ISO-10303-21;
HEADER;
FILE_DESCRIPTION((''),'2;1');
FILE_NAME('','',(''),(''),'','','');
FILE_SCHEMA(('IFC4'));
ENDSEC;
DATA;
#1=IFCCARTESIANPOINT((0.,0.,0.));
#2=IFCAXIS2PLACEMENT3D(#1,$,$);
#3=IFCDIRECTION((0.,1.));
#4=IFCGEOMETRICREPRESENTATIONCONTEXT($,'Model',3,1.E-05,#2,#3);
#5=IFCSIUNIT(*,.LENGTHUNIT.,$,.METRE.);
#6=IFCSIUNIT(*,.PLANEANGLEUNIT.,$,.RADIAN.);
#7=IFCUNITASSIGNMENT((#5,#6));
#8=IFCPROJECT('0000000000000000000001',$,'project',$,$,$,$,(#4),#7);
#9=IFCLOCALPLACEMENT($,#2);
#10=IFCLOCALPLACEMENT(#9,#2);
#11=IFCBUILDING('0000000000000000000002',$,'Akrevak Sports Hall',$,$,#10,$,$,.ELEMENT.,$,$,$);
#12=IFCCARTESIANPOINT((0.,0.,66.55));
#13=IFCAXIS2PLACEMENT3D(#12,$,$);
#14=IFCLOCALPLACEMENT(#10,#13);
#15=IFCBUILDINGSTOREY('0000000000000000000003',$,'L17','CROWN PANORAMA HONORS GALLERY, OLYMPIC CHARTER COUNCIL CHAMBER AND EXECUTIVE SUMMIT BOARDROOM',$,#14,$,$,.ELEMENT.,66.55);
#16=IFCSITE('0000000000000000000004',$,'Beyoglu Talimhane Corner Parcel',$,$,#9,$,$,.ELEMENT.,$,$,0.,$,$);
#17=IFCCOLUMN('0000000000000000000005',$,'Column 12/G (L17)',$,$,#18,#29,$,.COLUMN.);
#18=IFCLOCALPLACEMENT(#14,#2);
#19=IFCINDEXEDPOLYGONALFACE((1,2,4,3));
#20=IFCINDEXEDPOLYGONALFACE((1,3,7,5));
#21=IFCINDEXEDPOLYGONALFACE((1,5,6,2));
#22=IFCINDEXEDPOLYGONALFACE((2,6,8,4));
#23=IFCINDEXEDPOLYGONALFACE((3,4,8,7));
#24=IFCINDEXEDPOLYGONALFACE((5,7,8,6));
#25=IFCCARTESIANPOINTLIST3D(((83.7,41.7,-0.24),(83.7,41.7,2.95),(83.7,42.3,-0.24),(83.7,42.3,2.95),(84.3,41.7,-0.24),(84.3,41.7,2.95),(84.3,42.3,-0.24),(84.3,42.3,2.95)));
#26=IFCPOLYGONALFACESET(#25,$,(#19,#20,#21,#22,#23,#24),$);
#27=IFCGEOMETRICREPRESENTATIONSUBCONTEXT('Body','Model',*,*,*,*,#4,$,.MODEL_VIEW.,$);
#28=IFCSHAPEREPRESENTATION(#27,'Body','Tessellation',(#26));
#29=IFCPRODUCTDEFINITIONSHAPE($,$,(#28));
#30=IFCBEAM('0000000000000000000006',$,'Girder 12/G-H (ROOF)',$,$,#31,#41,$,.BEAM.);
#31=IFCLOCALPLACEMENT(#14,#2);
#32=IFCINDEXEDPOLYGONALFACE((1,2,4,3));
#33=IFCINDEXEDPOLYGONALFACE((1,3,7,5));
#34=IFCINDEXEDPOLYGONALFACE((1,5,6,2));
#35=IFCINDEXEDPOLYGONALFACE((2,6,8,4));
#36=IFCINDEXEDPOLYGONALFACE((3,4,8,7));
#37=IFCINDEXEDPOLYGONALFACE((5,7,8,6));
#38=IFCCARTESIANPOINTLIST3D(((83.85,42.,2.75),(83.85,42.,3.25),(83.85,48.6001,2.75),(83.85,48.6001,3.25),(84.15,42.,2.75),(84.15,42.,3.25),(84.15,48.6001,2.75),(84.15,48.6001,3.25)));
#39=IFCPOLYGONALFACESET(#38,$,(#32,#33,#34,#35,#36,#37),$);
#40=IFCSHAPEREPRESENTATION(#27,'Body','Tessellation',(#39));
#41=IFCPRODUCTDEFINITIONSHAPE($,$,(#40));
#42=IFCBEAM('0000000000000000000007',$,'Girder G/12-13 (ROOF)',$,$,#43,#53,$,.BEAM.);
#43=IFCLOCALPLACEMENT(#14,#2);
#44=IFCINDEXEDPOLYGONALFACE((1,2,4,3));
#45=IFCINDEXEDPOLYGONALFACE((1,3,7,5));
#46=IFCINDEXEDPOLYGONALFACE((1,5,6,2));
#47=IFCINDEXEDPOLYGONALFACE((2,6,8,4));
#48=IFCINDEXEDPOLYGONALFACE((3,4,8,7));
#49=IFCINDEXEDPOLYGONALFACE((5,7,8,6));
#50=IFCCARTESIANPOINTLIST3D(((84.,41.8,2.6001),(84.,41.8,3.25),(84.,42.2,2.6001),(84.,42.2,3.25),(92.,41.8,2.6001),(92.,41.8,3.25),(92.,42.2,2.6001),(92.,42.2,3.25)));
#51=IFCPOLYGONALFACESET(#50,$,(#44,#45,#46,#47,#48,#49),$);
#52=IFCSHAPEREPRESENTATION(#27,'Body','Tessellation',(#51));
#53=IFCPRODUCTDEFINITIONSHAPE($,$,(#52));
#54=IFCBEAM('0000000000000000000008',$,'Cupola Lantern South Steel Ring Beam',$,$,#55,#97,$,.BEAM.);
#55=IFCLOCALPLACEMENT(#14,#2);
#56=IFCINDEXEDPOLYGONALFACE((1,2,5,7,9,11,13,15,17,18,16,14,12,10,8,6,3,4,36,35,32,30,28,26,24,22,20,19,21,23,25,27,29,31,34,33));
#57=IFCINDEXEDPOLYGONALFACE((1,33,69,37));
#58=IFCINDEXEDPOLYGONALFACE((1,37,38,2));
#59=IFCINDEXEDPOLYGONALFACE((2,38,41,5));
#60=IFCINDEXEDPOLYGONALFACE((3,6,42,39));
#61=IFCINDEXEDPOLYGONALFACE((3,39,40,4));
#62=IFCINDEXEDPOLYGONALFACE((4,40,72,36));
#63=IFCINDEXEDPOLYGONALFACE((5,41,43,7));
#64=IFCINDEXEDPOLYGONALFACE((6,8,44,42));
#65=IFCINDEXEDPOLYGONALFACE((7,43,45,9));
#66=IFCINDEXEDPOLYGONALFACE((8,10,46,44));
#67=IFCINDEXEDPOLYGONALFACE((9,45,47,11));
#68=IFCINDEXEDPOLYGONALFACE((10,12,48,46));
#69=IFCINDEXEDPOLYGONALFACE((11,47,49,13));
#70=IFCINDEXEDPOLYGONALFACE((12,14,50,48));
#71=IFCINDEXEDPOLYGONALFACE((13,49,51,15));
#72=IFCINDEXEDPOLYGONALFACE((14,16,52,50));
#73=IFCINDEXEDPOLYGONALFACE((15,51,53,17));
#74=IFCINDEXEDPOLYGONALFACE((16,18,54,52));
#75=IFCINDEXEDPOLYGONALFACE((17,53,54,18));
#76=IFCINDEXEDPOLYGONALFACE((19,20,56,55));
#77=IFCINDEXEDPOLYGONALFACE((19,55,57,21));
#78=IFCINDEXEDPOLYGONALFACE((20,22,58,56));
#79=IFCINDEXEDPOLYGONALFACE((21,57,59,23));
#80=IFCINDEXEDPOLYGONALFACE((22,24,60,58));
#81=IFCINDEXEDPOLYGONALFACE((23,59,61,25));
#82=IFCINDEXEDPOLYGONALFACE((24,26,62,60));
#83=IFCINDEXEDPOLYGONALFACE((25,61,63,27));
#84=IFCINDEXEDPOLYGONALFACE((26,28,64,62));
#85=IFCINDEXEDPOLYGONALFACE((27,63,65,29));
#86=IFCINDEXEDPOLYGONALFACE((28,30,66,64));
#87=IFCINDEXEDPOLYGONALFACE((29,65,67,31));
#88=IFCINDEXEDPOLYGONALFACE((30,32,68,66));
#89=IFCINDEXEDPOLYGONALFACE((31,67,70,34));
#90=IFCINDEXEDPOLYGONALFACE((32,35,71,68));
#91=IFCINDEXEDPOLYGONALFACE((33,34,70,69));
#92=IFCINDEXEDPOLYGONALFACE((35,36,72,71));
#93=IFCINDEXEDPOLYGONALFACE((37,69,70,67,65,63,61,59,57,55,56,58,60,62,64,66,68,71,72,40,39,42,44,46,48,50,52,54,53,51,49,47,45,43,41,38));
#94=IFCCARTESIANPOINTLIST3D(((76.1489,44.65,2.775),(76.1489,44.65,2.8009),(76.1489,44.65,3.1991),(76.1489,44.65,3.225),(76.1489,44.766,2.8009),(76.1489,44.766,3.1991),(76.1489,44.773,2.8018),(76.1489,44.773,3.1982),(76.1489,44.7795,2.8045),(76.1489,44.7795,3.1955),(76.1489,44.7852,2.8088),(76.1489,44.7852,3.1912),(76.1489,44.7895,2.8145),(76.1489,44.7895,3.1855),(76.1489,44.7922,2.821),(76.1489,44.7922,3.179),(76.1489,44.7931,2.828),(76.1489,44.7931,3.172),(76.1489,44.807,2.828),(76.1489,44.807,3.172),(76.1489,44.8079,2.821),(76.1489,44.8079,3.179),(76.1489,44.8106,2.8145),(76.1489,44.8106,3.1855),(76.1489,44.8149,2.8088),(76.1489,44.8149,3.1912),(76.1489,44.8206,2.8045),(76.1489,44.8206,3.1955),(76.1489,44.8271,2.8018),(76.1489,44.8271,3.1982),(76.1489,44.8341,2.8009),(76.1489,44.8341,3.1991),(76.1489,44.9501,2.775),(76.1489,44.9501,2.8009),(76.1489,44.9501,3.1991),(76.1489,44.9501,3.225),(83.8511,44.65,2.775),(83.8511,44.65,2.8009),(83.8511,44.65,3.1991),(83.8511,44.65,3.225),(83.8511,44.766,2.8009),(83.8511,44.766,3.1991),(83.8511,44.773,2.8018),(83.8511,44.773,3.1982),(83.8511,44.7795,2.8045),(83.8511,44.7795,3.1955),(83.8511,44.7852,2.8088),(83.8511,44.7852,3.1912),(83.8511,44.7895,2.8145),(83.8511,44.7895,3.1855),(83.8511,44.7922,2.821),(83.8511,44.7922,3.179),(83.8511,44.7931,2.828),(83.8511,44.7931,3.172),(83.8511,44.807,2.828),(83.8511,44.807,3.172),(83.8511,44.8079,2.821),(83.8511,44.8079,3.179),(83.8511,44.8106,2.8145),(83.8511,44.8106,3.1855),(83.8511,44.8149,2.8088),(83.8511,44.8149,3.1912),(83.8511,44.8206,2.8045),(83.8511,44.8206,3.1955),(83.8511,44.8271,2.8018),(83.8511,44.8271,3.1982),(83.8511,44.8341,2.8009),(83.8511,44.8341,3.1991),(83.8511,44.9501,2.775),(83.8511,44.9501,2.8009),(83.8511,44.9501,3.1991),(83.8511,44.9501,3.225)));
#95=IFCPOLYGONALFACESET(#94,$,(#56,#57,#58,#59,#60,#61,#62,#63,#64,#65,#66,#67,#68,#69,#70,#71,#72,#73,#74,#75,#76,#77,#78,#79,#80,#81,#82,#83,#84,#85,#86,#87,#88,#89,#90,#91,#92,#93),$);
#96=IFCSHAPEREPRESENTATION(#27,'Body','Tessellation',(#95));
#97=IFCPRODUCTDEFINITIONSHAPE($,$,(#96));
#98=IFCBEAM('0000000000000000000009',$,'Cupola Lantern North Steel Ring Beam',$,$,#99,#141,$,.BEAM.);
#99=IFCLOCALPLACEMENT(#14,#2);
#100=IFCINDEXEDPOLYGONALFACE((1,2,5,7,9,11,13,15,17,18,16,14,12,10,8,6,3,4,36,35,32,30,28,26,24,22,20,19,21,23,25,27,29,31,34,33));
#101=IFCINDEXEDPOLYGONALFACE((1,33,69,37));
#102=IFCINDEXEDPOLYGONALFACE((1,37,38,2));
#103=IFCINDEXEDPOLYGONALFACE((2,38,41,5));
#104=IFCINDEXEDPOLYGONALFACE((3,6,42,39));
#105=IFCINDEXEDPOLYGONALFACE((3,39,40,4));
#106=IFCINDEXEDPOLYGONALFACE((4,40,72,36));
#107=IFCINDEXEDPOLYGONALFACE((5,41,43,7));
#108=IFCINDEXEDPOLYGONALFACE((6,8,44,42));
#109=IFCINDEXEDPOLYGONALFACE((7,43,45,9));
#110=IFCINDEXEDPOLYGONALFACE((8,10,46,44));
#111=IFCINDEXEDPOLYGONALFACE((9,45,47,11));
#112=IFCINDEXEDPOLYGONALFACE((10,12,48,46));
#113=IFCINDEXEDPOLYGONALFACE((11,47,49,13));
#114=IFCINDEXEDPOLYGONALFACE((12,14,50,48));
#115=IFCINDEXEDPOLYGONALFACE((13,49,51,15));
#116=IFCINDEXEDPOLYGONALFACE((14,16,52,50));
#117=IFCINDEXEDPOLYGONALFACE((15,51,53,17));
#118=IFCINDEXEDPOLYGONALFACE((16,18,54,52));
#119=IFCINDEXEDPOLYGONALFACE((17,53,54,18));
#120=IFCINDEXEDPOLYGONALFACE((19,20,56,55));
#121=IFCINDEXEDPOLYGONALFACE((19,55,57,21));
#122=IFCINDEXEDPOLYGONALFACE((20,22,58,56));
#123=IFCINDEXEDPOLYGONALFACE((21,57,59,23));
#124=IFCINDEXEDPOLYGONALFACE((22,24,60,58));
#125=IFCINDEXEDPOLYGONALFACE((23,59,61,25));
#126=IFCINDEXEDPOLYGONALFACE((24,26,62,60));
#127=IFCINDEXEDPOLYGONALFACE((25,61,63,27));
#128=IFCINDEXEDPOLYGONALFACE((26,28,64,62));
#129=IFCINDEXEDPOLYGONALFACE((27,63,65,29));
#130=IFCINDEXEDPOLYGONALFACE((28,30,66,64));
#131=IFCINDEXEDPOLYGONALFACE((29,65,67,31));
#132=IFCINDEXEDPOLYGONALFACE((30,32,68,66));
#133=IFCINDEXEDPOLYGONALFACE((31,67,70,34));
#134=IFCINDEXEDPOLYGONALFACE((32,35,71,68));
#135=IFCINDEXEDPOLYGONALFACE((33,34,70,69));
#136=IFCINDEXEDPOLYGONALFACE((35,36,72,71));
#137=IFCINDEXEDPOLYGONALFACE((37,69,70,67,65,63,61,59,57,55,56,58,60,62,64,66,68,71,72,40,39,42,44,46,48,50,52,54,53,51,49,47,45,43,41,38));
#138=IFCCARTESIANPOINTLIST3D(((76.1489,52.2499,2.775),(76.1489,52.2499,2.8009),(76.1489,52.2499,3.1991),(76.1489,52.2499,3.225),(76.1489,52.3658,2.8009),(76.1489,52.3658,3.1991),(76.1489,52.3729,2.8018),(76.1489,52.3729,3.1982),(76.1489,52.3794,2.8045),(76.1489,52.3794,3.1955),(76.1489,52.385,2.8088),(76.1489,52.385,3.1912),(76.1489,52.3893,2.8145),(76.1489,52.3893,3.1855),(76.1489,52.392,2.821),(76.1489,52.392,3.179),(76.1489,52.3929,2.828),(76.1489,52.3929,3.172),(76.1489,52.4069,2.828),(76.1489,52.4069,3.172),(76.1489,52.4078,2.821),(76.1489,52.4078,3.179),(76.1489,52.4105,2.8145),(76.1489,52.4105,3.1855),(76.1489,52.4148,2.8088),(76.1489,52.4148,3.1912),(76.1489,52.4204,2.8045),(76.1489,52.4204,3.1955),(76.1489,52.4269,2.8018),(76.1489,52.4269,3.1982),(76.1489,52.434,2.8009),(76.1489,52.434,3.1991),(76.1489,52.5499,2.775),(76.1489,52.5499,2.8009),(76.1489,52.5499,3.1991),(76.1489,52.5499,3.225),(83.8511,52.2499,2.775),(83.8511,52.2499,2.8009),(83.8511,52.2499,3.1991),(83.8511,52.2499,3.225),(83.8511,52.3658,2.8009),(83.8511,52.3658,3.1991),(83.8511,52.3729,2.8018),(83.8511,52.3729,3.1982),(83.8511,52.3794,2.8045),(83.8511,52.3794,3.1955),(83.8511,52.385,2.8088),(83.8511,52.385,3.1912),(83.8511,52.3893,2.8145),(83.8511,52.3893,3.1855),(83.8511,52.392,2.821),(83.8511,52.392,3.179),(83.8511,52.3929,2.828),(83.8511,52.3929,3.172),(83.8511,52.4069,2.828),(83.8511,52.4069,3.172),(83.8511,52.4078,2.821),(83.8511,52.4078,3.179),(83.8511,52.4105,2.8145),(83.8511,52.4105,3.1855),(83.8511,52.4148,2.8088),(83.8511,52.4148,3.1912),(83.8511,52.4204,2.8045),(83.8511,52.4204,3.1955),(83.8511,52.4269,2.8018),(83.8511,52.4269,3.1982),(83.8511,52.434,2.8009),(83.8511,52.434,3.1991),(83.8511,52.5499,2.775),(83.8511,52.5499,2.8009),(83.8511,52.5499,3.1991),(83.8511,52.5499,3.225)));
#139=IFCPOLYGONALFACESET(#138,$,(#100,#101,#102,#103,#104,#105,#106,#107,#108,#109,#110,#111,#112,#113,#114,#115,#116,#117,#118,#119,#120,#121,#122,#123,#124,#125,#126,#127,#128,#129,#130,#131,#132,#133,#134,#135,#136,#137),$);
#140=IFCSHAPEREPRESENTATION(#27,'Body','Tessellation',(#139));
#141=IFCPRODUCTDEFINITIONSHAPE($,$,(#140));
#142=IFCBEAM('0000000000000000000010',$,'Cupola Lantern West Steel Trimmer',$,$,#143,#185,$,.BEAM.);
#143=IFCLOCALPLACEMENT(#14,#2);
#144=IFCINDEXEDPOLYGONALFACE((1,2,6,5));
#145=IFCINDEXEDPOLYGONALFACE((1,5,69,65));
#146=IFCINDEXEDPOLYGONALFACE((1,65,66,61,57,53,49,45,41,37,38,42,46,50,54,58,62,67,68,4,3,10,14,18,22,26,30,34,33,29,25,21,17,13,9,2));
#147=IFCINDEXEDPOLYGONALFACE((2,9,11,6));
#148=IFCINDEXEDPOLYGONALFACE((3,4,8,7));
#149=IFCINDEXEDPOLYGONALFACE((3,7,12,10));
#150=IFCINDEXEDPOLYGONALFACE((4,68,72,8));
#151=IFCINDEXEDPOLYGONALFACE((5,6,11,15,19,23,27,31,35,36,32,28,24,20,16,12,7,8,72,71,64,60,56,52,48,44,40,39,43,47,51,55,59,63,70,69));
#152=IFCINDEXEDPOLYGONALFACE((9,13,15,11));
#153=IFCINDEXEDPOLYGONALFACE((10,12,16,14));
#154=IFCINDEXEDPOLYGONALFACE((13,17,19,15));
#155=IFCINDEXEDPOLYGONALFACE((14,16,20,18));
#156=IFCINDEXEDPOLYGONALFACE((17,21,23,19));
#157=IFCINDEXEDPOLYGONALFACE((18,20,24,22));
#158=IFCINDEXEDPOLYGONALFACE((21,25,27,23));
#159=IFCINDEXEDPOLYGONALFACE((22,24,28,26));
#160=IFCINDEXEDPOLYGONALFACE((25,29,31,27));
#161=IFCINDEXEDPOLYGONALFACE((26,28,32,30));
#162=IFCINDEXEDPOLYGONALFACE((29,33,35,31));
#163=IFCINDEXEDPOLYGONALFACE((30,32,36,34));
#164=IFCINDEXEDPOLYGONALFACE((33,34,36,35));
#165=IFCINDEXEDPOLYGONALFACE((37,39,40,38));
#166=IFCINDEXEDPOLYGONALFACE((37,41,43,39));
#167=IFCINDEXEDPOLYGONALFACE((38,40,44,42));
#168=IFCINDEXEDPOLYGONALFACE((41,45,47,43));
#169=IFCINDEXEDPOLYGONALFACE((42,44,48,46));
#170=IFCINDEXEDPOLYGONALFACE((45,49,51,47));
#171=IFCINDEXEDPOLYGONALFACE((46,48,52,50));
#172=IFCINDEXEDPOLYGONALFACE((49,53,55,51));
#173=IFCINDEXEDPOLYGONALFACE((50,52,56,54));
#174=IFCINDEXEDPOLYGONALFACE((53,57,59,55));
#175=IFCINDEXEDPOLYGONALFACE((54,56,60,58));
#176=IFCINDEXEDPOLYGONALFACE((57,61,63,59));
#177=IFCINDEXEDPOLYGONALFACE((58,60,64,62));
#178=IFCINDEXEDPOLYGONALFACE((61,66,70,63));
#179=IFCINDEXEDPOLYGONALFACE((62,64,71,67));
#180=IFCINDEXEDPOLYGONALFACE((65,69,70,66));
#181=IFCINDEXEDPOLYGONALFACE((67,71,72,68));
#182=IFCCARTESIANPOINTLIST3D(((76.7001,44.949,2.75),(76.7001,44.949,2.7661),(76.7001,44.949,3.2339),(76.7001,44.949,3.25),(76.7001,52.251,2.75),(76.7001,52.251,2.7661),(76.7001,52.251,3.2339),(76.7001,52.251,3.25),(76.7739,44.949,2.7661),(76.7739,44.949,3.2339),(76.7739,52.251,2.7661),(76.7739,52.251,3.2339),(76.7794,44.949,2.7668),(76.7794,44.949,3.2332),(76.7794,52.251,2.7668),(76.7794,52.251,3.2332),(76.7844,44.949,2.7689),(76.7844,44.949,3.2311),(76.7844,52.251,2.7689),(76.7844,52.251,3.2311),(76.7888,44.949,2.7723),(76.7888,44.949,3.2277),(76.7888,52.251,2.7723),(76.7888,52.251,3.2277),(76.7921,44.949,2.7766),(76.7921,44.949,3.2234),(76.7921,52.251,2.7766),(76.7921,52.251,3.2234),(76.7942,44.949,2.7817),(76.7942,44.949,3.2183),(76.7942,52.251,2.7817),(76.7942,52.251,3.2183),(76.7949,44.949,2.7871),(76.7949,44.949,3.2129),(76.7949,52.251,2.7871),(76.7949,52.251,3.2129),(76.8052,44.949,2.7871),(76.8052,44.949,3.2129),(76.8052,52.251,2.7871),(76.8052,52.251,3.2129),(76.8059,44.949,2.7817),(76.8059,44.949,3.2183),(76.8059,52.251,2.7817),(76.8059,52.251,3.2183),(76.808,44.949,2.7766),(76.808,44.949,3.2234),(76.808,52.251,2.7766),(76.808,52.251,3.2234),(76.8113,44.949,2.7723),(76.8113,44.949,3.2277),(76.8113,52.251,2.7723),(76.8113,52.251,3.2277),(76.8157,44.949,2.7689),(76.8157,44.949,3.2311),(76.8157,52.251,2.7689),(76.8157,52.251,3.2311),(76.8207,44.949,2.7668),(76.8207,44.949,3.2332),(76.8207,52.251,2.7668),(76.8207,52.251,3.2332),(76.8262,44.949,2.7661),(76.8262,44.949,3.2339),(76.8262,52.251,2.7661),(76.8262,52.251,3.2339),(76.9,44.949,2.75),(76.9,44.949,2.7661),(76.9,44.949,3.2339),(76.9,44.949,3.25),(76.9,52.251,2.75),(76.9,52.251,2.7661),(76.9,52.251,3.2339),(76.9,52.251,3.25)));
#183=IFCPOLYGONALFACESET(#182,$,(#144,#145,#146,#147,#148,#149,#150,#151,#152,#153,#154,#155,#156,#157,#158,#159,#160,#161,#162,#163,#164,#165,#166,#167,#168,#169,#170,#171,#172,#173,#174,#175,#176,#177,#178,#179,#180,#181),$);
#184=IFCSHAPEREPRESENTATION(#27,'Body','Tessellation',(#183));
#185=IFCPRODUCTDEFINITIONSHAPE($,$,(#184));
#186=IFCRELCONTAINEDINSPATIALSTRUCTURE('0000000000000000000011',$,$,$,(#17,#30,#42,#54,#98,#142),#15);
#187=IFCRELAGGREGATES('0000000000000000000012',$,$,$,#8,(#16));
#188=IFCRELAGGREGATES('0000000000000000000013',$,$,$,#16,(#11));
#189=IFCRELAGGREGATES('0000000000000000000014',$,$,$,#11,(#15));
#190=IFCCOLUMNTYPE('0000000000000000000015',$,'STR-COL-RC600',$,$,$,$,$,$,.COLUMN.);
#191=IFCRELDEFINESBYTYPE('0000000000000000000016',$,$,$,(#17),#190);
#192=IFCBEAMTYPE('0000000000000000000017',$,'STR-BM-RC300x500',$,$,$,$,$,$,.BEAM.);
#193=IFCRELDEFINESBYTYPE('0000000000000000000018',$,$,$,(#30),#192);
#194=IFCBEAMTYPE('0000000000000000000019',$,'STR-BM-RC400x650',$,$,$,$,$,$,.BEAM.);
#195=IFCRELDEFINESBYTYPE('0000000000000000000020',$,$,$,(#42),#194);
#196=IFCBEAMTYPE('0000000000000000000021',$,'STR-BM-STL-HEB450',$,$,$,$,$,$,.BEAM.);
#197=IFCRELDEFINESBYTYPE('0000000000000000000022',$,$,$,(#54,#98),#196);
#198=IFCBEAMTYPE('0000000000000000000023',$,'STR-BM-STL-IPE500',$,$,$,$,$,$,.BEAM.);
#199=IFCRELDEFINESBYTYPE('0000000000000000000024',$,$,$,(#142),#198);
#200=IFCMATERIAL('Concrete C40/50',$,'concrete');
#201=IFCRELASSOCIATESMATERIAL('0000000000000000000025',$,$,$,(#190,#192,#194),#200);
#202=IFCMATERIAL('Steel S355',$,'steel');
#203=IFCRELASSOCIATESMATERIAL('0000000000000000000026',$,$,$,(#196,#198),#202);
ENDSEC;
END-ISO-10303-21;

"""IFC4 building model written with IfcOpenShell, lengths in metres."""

from ifc_helpers import new_model, si_unit, direction, frame, origin, origin_2d, place, context, subcontext, project, spatial, rectangle, i_section, extrude, material, material_profile, profile_set, type_object, element, save


model = new_model("IFC4")

# Units and contexts
model_context = context("Model", 3, precision=1e-05, world=origin(), true_north=direction((0.0, 1.0)))
body_context = subcontext(model_context, "Body", "Model", "MODEL_VIEW")
ifc_project = project(units=[si_unit("LENGTHUNIT", "METRE"), si_unit("PLANEANGLEUNIT", "RADIAN")], contexts=[model_context])

# Site, building, storey
site_placement = place(None, origin())
site = spatial("IfcSite", under=ifc_project, at=site_placement, Name="Beyoglu Talimhane Corner Parcel", CompositionType="ELEMENT", RefElevation=0.0)
building_placement = place(site_placement, origin())
building = spatial("IfcBuilding", under=site, at=building_placement, Name="Akrevak Sports Hall", CompositionType="ELEMENT")
storey_placement = place(building_placement, frame((0.0, 0.0, 66.55)))
storey = spatial("IfcBuildingStorey", under=building, at=storey_placement, Name="L17", Description="CROWN PANORAMA HONORS GALLERY, OLYMPIC CHARTER COUNCIL CHAMBER AND EXECUTIVE SUMMIT BOARDROOM", CompositionType="ELEMENT", Elevation=66.55)

# Column
ifc_material_1 = material(Name="Concrete C40/50", Category="concrete")
ifc_material_profile_1 = material_profile(ifc_material_1, rectangle(XDim=0.6001, YDim=0.6001, at=origin_2d()), Name="RC 600x600", Category="concrete")
ifc_profile_set_1 = profile_set([ifc_material_profile_1], Name="Concrete C40/50")
column_type = type_object("IfcColumnType", Name="STR-COL-RC600", PredefinedType="COLUMN", material=ifc_profile_set_1)
column_placement = place(storey_placement, frame((84.0, 42.0, -0.24), z_axis=(0.0, 0.0, 1.0), x_axis=(1.0, 0.0, 0.0)))
element("IfcColumn", 1, at=column_placement, inside=storey, type_object=column_type, Name="Column 12/G (L17)", PredefinedType="COLUMN", context=body_context, shape_type="SweptSolid", body=[
    extrude(rectangle(XDim=0.6001, YDim=0.6001, at=origin_2d()), origin(), (0.0, 0.0, 1.0), 3.1899),
])

# Beams
ifc_material_profile_2 = material_profile(ifc_material_1, rectangle(XDim=0.3, YDim=0.5, at=origin_2d()), Name="BM 300x500", Category="concrete")
ifc_profile_set_2 = profile_set([ifc_material_profile_2], Name="Concrete C40/50")
beam_type_1 = type_object("IfcBeamType", Name="STR-BM-RC300x500", PredefinedType="BEAM", material=ifc_profile_set_2)
beam_1_placement = place(storey_placement, frame((84.0, 42.0, 3.0), z_axis=(0.0, 1.0, 0.0), x_axis=(-1.0, 0.0, 0.0)))
element("IfcBeam", 2, at=beam_1_placement, inside=storey, type_object=beam_type_1, Name="Girder 12/G-H (ROOF)", PredefinedType="BEAM", context=body_context, shape_type="SweptSolid", body=[
    extrude(rectangle(XDim=0.3, YDim=0.5, at=origin_2d()), origin(), (0.0, 0.0, 1.0), 6.6001),
])
ifc_material_profile_3 = material_profile(ifc_material_1, rectangle(XDim=0.3999, YDim=0.6499, at=origin_2d()), Name="BM 400x650", Category="concrete")
ifc_profile_set_3 = profile_set([ifc_material_profile_3], Name="Concrete C40/50")
beam_type_2 = type_object("IfcBeamType", Name="STR-BM-RC400x650", PredefinedType="BEAM", material=ifc_profile_set_3)
beam_2_placement = place(storey_placement, frame((84.0, 42.0, 2.925), z_axis=(1.0, 0.0, 0.0), x_axis=(0.0, 1.0, 0.0)))
element("IfcBeam", 3, at=beam_2_placement, inside=storey, type_object=beam_type_2, Name="Girder G/12-13 (ROOF)", PredefinedType="BEAM", context=body_context, shape_type="SweptSolid", body=[
    extrude(rectangle(XDim=0.3999, YDim=0.6499, at=origin_2d()), origin(), (0.0, 0.0, 1.0), 8.0),
])
ifc_material_2 = material(Name="Steel S355", Category="steel")
ifc_material_profile_4 = material_profile(ifc_material_2, i_section(OverallWidth=0.3, OverallDepth=0.45, WebThickness=0.0139, FlangeThickness=0.0259, FilletRadius=0.0271, at=origin_2d()), Name="HEB 450", Category="steel")
ifc_profile_set_4 = profile_set([ifc_material_profile_4], Name="Steel S355")
beam_type_3 = type_object("IfcBeamType", Name="STR-BM-STL-HEB450", PredefinedType="BEAM", material=ifc_profile_set_4)
for number, where, z_axis, x_axis, name in (
    (4, (76.1489, 44.8, 3.0), (1.0, 0.0, 0.0), (0.0, 1.0, 0.0), "Cupola Lantern South Steel Ring Beam"),
    (5, (76.1489, 52.3999, 3.0), (1.0, 0.0, 0.0), (0.0, 1.0, 0.0), "Cupola Lantern North Steel Ring Beam"),
):
    element("IfcBeam", number, at=place(storey_placement, frame(where, z_axis=z_axis, x_axis=x_axis)), inside=storey, type_object=beam_type_3, Name=name, PredefinedType="BEAM", context=body_context, shape_type="SweptSolid", body=[
        extrude(i_section(OverallWidth=0.3, OverallDepth=0.45, WebThickness=0.0139, FlangeThickness=0.0259, FilletRadius=0.0271, at=origin_2d()), origin(), (0.0, 0.0, 1.0), 7.7021),
    ])
ifc_material_profile_5 = material_profile(ifc_material_2, i_section(OverallWidth=0.2, OverallDepth=0.5, WebThickness=0.0103, FlangeThickness=0.0161, FilletRadius=0.021, at=origin_2d()), Name="IPE 500", Category="steel")
ifc_profile_set_5 = profile_set([ifc_material_profile_5], Name="Steel S355")
beam_type_4 = type_object("IfcBeamType", Name="STR-BM-STL-IPE500", PredefinedType="BEAM", material=ifc_profile_set_5)
for number, where, z_axis, x_axis, name in (
    (6, (76.8, 44.949, 3.0), (0.0, 1.0, 0.0), (-1.0, 0.0, 0.0), "Cupola Lantern West Steel Trimmer"),
):
    element("IfcBeam", number, at=place(storey_placement, frame(where, z_axis=z_axis, x_axis=x_axis)), inside=storey, type_object=beam_type_4, Name=name, PredefinedType="BEAM", context=body_context, shape_type="SweptSolid", body=[
        extrude(i_section(OverallWidth=0.2, OverallDepth=0.5, WebThickness=0.0103, FlangeThickness=0.0161, FilletRadius=0.021, at=origin_2d()), origin(), (0.0, 0.0, 1.0), 7.302),
    ])

save(model, "model.ifc")
